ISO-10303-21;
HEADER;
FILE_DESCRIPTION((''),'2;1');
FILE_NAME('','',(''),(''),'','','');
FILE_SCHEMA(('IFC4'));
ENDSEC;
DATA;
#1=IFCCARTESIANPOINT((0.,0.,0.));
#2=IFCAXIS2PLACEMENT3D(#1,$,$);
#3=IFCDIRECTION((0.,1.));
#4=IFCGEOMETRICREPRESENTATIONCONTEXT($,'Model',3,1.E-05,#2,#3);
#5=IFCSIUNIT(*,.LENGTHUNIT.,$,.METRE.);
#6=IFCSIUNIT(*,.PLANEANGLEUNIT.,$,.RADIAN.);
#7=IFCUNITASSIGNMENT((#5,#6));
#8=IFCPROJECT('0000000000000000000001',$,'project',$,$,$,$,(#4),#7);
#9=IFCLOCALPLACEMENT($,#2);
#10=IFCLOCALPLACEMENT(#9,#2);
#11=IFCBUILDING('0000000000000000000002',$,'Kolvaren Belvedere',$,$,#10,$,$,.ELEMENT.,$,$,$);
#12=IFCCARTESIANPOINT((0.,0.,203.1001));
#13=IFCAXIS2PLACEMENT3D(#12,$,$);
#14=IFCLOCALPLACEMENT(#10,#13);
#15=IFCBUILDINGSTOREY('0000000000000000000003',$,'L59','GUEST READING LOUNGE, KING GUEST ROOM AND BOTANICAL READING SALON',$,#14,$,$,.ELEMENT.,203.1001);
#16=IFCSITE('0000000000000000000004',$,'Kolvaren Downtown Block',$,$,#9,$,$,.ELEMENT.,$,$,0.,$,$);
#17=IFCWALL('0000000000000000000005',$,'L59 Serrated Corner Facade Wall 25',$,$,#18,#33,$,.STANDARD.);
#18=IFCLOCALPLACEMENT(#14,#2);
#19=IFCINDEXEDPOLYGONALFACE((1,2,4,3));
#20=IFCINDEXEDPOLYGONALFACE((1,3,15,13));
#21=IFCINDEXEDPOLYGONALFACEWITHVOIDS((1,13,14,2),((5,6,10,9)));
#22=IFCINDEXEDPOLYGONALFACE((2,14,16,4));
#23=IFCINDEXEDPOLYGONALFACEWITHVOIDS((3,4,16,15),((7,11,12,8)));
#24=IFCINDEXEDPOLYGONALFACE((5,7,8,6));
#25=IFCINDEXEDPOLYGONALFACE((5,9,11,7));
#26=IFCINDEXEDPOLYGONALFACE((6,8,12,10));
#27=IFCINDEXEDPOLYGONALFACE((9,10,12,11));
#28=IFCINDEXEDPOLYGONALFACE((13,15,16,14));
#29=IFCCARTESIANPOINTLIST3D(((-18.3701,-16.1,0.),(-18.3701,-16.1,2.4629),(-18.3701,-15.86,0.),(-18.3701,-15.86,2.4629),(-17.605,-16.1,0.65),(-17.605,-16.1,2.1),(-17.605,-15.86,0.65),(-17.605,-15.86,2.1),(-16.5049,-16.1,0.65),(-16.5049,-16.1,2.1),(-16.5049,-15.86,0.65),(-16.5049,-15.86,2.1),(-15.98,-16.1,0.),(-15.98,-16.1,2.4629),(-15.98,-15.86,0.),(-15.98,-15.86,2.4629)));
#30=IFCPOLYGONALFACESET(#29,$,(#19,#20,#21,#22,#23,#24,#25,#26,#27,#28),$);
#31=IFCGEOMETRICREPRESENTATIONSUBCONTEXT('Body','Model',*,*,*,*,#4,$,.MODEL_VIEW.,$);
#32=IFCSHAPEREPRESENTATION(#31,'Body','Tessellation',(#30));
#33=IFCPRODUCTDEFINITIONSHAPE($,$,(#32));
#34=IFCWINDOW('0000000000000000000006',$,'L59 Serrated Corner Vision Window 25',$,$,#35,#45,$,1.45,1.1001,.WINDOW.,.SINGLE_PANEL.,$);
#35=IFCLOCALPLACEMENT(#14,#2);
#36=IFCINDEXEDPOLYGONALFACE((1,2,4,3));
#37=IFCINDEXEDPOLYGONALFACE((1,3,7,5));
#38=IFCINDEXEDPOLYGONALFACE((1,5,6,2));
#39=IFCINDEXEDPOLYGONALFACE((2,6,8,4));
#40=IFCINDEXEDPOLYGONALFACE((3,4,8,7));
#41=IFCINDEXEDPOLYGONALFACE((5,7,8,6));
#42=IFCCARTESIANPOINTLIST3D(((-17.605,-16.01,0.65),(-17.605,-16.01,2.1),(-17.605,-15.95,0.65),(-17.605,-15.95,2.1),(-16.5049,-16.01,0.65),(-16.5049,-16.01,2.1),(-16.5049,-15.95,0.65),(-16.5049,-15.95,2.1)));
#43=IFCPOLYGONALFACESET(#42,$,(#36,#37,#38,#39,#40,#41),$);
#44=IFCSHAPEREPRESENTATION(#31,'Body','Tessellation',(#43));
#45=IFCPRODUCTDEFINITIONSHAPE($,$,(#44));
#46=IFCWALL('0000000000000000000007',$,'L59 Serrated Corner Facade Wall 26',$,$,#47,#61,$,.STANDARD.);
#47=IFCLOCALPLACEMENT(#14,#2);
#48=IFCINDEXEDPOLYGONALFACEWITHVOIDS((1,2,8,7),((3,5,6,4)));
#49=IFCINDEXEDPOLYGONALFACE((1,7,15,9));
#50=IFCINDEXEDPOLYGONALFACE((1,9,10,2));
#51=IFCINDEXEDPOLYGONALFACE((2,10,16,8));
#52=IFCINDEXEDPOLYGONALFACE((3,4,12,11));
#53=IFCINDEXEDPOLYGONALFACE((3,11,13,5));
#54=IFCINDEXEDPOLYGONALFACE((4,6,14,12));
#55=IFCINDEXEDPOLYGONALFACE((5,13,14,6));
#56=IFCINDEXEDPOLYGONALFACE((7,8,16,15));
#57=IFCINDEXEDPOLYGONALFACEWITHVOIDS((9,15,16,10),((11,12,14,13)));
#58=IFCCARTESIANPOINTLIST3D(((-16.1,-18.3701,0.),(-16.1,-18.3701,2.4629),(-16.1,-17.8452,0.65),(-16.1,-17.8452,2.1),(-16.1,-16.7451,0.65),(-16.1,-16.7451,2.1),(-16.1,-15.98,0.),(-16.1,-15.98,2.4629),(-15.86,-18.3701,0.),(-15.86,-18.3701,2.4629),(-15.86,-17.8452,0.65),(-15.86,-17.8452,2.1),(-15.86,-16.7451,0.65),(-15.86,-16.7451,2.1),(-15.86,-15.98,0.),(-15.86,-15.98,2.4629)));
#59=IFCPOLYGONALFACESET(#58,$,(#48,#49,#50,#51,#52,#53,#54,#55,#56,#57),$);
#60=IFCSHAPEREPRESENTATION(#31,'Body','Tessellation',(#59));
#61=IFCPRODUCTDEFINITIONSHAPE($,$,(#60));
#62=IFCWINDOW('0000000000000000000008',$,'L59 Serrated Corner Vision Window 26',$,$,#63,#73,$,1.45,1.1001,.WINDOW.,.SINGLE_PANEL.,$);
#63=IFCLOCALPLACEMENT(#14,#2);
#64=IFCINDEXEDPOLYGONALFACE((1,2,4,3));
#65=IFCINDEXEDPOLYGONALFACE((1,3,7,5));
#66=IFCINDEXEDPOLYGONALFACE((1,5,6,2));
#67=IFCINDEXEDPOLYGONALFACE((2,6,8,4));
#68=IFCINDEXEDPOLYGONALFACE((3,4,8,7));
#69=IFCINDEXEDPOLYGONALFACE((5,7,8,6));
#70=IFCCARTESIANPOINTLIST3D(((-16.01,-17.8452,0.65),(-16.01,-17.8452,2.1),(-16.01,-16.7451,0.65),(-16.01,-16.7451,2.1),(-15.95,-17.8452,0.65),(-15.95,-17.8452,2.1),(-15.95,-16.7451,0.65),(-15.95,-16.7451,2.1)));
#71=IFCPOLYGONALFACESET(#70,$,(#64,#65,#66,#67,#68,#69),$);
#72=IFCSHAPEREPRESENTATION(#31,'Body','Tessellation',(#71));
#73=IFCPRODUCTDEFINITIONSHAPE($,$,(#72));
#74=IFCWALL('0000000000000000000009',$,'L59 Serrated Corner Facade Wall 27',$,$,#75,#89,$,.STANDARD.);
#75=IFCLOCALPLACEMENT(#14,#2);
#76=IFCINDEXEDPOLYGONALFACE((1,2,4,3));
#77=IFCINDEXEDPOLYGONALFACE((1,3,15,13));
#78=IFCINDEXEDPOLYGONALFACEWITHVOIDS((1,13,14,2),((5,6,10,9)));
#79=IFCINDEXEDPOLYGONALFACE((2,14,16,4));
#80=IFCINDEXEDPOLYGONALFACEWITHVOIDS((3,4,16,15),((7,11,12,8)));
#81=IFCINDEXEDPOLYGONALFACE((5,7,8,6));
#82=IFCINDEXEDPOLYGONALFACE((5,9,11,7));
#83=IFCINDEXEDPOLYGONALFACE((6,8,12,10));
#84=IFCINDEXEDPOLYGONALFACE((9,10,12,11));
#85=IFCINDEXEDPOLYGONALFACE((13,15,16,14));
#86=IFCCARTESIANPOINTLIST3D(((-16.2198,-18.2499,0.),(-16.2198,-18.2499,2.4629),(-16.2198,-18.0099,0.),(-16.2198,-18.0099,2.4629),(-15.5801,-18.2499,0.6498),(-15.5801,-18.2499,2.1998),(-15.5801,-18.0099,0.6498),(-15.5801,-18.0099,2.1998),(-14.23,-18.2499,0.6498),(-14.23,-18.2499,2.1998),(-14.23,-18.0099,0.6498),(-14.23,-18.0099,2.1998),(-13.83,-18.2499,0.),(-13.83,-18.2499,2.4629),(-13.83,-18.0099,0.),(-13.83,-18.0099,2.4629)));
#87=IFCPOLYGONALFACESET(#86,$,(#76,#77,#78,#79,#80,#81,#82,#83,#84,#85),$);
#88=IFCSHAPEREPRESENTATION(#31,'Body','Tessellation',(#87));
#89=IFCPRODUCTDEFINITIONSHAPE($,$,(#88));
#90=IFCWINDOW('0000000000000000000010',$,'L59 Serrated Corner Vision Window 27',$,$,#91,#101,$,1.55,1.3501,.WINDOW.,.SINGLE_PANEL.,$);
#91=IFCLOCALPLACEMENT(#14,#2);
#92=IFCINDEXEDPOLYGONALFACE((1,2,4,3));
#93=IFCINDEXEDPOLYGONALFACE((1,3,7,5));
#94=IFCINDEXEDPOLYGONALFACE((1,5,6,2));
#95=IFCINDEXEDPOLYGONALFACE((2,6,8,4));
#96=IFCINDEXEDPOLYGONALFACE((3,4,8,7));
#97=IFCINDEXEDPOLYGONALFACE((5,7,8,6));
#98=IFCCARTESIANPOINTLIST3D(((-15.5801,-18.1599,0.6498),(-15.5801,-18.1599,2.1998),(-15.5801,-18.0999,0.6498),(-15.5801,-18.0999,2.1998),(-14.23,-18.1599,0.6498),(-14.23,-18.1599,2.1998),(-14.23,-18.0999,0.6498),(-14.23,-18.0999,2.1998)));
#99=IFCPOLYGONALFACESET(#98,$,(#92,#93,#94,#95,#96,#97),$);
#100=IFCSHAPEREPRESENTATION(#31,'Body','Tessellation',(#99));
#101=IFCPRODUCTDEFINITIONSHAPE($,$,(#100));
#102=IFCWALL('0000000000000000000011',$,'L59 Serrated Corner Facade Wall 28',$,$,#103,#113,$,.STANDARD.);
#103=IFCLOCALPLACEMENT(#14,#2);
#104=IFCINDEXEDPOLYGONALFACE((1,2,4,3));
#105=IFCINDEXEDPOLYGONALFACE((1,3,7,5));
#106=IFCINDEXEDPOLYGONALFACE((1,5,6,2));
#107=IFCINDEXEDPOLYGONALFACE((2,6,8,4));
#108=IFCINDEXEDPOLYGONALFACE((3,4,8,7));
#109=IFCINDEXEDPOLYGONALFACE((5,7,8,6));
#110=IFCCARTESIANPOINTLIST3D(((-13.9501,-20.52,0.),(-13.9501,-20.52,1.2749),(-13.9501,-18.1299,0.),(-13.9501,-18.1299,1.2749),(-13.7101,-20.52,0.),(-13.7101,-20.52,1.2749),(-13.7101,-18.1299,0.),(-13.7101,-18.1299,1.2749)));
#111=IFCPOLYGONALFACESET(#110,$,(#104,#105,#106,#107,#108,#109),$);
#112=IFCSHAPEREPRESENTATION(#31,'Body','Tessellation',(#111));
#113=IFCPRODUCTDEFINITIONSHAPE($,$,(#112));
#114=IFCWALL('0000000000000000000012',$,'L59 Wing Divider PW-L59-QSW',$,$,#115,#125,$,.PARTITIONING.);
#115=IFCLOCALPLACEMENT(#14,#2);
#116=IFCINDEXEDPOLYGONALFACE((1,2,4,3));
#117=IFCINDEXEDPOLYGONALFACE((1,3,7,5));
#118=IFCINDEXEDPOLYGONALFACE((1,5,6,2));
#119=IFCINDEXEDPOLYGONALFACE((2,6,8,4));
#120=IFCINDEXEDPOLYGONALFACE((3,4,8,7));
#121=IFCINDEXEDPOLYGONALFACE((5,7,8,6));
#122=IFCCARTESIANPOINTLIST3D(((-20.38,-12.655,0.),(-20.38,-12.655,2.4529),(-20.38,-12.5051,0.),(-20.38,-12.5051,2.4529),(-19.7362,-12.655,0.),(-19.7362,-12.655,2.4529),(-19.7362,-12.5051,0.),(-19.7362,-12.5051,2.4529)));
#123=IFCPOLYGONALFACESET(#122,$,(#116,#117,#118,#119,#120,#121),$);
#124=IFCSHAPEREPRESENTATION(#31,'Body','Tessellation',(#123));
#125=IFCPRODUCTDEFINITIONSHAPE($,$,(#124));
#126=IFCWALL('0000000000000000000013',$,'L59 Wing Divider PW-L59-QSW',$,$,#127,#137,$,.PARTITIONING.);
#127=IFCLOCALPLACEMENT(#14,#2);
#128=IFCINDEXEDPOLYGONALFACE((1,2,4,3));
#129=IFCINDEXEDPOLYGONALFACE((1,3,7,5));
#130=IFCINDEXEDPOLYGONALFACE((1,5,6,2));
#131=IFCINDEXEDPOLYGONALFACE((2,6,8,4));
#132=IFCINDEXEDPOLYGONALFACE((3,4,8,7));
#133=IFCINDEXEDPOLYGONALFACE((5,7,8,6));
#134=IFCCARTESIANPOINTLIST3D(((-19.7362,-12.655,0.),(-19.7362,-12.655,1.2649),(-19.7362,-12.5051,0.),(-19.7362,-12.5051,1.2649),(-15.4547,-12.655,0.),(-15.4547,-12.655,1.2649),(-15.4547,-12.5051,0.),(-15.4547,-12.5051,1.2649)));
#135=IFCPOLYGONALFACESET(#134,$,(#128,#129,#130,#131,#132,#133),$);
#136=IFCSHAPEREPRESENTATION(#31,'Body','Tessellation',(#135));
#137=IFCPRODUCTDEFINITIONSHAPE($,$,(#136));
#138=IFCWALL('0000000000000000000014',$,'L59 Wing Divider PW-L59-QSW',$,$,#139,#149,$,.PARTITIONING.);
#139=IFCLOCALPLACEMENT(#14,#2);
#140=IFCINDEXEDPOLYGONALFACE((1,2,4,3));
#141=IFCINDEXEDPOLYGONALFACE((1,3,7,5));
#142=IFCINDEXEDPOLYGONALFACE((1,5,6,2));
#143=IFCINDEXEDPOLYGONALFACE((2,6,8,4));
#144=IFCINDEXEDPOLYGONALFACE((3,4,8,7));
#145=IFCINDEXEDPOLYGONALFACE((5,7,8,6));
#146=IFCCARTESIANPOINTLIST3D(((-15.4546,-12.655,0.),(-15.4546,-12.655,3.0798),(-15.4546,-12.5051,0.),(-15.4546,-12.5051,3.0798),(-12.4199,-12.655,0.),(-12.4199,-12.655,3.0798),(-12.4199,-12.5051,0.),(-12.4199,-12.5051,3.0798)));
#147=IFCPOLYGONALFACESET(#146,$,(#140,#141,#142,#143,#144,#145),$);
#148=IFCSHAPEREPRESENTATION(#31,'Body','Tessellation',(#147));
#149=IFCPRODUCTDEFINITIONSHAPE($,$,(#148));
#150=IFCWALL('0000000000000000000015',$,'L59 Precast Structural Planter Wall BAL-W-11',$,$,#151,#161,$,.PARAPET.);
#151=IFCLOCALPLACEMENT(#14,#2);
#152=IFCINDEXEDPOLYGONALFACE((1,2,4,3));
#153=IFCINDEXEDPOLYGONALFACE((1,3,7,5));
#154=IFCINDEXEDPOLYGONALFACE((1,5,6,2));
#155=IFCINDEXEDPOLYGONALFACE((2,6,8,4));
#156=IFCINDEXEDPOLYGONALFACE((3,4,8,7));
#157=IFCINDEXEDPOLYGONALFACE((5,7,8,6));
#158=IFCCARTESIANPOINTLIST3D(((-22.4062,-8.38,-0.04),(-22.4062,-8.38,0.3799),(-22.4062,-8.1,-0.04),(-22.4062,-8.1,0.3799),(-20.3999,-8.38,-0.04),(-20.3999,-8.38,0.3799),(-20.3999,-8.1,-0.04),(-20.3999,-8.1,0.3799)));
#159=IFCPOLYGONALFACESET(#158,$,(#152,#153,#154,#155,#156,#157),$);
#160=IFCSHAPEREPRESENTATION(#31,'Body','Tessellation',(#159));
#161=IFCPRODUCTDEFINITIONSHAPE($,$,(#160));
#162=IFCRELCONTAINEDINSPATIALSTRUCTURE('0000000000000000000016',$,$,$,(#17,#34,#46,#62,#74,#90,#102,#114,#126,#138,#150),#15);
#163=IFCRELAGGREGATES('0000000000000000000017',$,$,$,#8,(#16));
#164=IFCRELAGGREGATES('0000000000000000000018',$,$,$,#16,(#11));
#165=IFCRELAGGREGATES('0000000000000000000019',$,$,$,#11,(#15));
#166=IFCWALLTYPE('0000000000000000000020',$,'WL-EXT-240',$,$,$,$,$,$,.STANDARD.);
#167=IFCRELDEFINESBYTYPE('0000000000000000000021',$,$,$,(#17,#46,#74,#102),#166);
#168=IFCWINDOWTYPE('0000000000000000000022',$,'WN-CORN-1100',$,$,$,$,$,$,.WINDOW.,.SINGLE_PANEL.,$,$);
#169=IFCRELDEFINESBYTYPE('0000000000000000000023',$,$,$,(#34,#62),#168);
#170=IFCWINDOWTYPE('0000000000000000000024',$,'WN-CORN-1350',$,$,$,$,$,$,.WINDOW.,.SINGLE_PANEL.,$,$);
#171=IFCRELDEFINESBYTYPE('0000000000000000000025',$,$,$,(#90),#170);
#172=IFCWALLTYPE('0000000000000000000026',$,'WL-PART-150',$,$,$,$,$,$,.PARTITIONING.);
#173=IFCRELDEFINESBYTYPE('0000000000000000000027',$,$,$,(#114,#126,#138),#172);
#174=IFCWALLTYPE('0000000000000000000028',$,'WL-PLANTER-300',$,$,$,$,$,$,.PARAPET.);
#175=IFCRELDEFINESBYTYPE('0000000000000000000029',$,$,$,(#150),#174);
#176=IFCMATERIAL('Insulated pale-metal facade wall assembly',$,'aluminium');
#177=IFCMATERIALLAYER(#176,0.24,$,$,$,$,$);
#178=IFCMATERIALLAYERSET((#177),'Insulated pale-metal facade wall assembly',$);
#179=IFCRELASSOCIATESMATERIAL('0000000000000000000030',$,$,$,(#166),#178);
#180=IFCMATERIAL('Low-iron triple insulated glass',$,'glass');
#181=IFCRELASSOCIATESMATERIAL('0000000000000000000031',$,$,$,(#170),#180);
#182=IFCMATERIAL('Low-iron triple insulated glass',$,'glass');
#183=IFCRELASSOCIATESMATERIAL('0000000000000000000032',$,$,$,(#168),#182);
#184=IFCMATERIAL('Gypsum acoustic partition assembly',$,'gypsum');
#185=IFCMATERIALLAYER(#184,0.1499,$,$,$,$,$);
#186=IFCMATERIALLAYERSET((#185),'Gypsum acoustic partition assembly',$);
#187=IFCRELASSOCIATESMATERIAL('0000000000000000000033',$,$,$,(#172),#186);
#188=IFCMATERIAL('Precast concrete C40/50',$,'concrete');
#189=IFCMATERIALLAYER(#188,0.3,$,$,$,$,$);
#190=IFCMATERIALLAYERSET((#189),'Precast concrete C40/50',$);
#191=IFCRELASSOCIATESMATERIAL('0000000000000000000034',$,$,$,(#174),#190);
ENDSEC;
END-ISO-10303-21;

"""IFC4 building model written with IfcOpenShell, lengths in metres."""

from ifc_helpers import new_model, si_unit, direction, frame, frame_2d, origin, place, context, subcontext, project, spatial, rectangle, extrude, material, layer, layer_set, type_object, element, fill, save


model = new_model("IFC4")

# Units and contexts
model_context = context("Model", 3, precision=1e-05, world=origin(), true_north=direction((0.0, 1.0)))
body_context = subcontext(model_context, "Body", "Model", "MODEL_VIEW")
ifc_project = project(units=[si_unit("LENGTHUNIT", "METRE"), si_unit("PLANEANGLEUNIT", "RADIAN")], contexts=[model_context])

# Site, building, storey
site_placement = place(None, origin())
site = spatial("IfcSite", under=ifc_project, at=site_placement, Name="Kolvaren Downtown Block", CompositionType="ELEMENT", RefElevation=0.0)
building_placement = place(site_placement, origin())
building = spatial("IfcBuilding", under=site, at=building_placement, Name="Kolvaren Belvedere", CompositionType="ELEMENT")
storey_placement = place(building_placement, frame((0.0, 0.0, 203.1001)))
storey = spatial("IfcBuildingStorey", under=building, at=storey_placement, Name="L59", Description="GUEST READING LOUNGE, KING GUEST ROOM AND BOTANICAL READING SALON", CompositionType="ELEMENT", Elevation=203.1001)

# Shared definitions
ifc_material_1 = material(Name="Insulated pale-metal facade wall assembly", Category="aluminium")
ifc_layer_1 = layer(ifc_material_1, 0.24)
ifc_layer_set_1 = layer_set([ifc_layer_1], Name="Insulated pale-metal facade wall assembly")
wall_type_1 = type_object("IfcWallType", Name="WL-EXT-240", PredefinedType="STANDARD", material=ifc_layer_set_1)

# Walls, openings, windows
ifc_material_2 = material(Name="Low-iron triple insulated glass", Category="glass")
window_type_1 = type_object("IfcWindowType", Name="WN-CORN-1350", PartitioningType="SINGLE_PANEL", PredefinedType="WINDOW", material=ifc_material_2)
wall_1_placement = place(storey_placement, frame((-15.98, -15.98, 0.0), z_axis=(0.0, 0.0, 1.0), x_axis=(-1.0, 0.0, 0.0)))
wall_1 = element("IfcWall", 1, at=wall_1_placement, inside=storey, type_object=wall_type_1, Name="L59 Serrated Corner Facade Wall 25", PredefinedType="STANDARD", context=body_context, shape_type="SweptSolid", body=[
    extrude(rectangle(XDim=2.3901, YDim=0.24, at=frame_2d((1.1951, 0.0))), origin(), (0.0, 0.0, 1.0), 2.4629),
])
opening_1_placement = place(wall_1_placement, frame((0.5249, 0.0, 0.6499)))
opening_1 = element("IfcOpeningElement", 2, at=opening_1_placement, cuts=wall_1, PredefinedType="OPENING", context=body_context, shape_type="SweptSolid", body=[
    extrude(rectangle(XDim=1.1001, YDim=1.45, at=frame_2d((0.55, 0.7251))), frame((0.0, 0.1299, 0.0), z_axis=(0.0, -1.0, 0.0), x_axis=(1.0, 0.0, 0.0)), (0.0, 0.0, 1.0), 0.26),
])
ifc_material_3 = material(Name="Low-iron triple insulated glass", Category="glass")
window_type_2 = type_object("IfcWindowType", Name="WN-CORN-1100", PartitioningType="SINGLE_PANEL", PredefinedType="WINDOW", material=ifc_material_3)
window_1_placement = place(opening_1_placement, origin())
window_1 = element("IfcWindow", 3, at=window_1_placement, inside=storey, type_object=window_type_2, Name="L59 Serrated Corner Vision Window 25", OverallHeight=1.45, OverallWidth=1.1001, PartitioningType="SINGLE_PANEL", PredefinedType="WINDOW", context=body_context, shape_type="SweptSolid", body=[
    extrude(rectangle(XDim=1.1001, YDim=1.45, at=frame_2d((0.55, 0.7251))), frame((0.0, 0.03, 0.0), z_axis=(0.0, -1.0, 0.0), x_axis=(1.0, 0.0, 0.0)), (0.0, 0.0, 1.0), 0.0601),
])
fill(opening_1, window_1)
wall_2_placement = place(storey_placement, frame((-15.98, -18.3701, 0.0), z_axis=(0.0, 0.0, 1.0), x_axis=(0.0, 1.0, 0.0)))
wall_2 = element("IfcWall", 4, at=wall_2_placement, inside=storey, type_object=wall_type_1, Name="L59 Serrated Corner Facade Wall 26", PredefinedType="STANDARD", context=body_context, shape_type="SweptSolid", body=[
    extrude(rectangle(XDim=2.3901, YDim=0.24, at=frame_2d((1.1951, 0.0))), origin(), (0.0, 0.0, 1.0), 2.4629),
])
opening_2_placement = place(wall_2_placement, frame((0.5249, 0.0, 0.6499)))
opening_2 = element("IfcOpeningElement", 5, at=opening_2_placement, cuts=wall_2, PredefinedType="OPENING", context=body_context, shape_type="SweptSolid", body=[
    extrude(rectangle(XDim=1.1001, YDim=1.45, at=frame_2d((0.55, 0.7251))), frame((0.0, 0.1299, 0.0), z_axis=(0.0, -1.0, 0.0), x_axis=(1.0, 0.0, 0.0)), (0.0, 0.0, 1.0), 0.26),
])
window_2_placement = place(opening_2_placement, origin())
window_2 = element("IfcWindow", 6, at=window_2_placement, inside=storey, type_object=window_type_2, Name="L59 Serrated Corner Vision Window 26", OverallHeight=1.45, OverallWidth=1.1001, PartitioningType="SINGLE_PANEL", PredefinedType="WINDOW", context=body_context, shape_type="SweptSolid", body=[
    extrude(rectangle(XDim=1.1001, YDim=1.45, at=frame_2d((0.55, 0.7251))), frame((0.0, 0.03, 0.0), z_axis=(0.0, -1.0, 0.0), x_axis=(1.0, 0.0, 0.0)), (0.0, 0.0, 1.0), 0.0601),
])
fill(opening_2, window_2)
wall_3_placement = place(storey_placement, frame((-13.8301, -18.1299, 0.0), z_axis=(0.0, 0.0, 1.0), x_axis=(-1.0, 0.0, 0.0)))
wall_3 = element("IfcWall", 7, at=wall_3_placement, inside=storey, type_object=wall_type_1, Name="L59 Serrated Corner Facade Wall 27", PredefinedType="STANDARD", context=body_context, shape_type="SweptSolid", body=[
    extrude(rectangle(XDim=2.3899, YDim=0.24, at=frame_2d((1.1948, 0.0))), origin(), (0.0, 0.0, 1.0), 2.4629),
])
opening_3_placement = place(wall_3_placement, frame((0.3999, 0.0, 0.6499)))
opening_3 = element("IfcOpeningElement", 8, at=opening_3_placement, cuts=wall_3, PredefinedType="OPENING", context=body_context, shape_type="SweptSolid", body=[
    extrude(rectangle(XDim=1.3501, YDim=1.55, at=frame_2d((0.675, 0.7749))), frame((0.0, 0.1299, 0.0), z_axis=(0.0, -1.0, 0.0), x_axis=(1.0, 0.0, 0.0)), (0.0, 0.0, 1.0), 0.26),
])
window_3_placement = place(opening_3_placement, origin())
window_3 = element("IfcWindow", 9, at=window_3_placement, inside=storey, type_object=window_type_1, Name="L59 Serrated Corner Vision Window 27", OverallHeight=1.55, OverallWidth=1.3501, PartitioningType="SINGLE_PANEL", PredefinedType="WINDOW", context=body_context, shape_type="SweptSolid", body=[
    extrude(rectangle(XDim=1.3501, YDim=1.55, at=frame_2d((0.675, 0.7749))), frame((0.0, 0.03, 0.0), z_axis=(0.0, -1.0, 0.0), x_axis=(1.0, 0.0, 0.0)), (0.0, 0.0, 1.0), 0.0601),
])
fill(opening_3, window_3)

# Walls
wall_4_placement = place(storey_placement, frame((-13.8301, -20.52, 0.0), z_axis=(0.0, 0.0, 1.0), x_axis=(0.0, 1.0, 0.0)))
element("IfcWall", 10, at=wall_4_placement, inside=storey, type_object=wall_type_1, Name="L59 Serrated Corner Facade Wall 28", PredefinedType="STANDARD", context=body_context, shape_type="SweptSolid", body=[
    extrude(rectangle(XDim=2.3901, YDim=0.24, at=frame_2d((1.1951, 0.0))), origin(), (0.0, 0.0, 1.0), 1.2749),
])
ifc_material_4 = material(Name="Gypsum acoustic partition assembly", Category="gypsum")
ifc_layer_2 = layer(ifc_material_4, 0.1499)
ifc_layer_set_2 = layer_set([ifc_layer_2], Name="Gypsum acoustic partition assembly")
wall_type_2 = type_object("IfcWallType", Name="WL-PART-150", PredefinedType="PARTITIONING", material=ifc_layer_set_2)
wall_5_placement = place(storey_placement, frame((-20.3799, -12.5801, 0.0), z_axis=(0.0, 0.0, 1.0), x_axis=(1.0, 0.0, 0.0)))
element("IfcWall", 11, at=wall_5_placement, inside=storey, type_object=wall_type_2, Name="L59 Wing Divider PW-L59-QSW", PredefinedType="PARTITIONING", context=body_context, shape_type="SweptSolid", body=[
    extrude(rectangle(XDim=0.6438, YDim=0.1499, at=frame_2d((0.3218, 0.0))), origin(), (0.0, 0.0, 1.0), 2.4529),
])
wall_6_placement = place(storey_placement, frame((-19.7361, -12.5801, 0.0), z_axis=(0.0, 0.0, 1.0), x_axis=(1.0, 0.0, 0.0)))
element("IfcWall", 12, at=wall_6_placement, inside=storey, type_object=wall_type_2, Name="L59 Wing Divider PW-L59-QSW", PredefinedType="PARTITIONING", context=body_context, shape_type="SweptSolid", body=[
    extrude(rectangle(XDim=4.2815, YDim=0.1499, at=frame_2d((2.1406, 0.0))), origin(), (0.0, 0.0, 1.0), 1.2649),
])
wall_7_placement = place(storey_placement, frame((-15.4546, -12.5801, 0.0), z_axis=(0.0, 0.0, 1.0), x_axis=(1.0, 0.0, 0.0)))
element("IfcWall", 13, at=wall_7_placement, inside=storey, type_object=wall_type_2, Name="L59 Wing Divider PW-L59-QSW", PredefinedType="PARTITIONING", context=body_context, shape_type="SweptSolid", body=[
    extrude(rectangle(XDim=3.0347, YDim=0.1499, at=frame_2d((1.5173, 0.0))), origin(), (0.0, 0.0, 1.0), 3.0798),
])
ifc_material_5 = material(Name="Precast concrete C40/50", Category="concrete")
ifc_layer_3 = layer(ifc_material_5, 0.3)
ifc_layer_set_3 = layer_set([ifc_layer_3], Name="Precast concrete C40/50")
wall_type_3 = type_object("IfcWallType", Name="WL-PLANTER-300", PredefinedType="PARAPET", material=ifc_layer_set_3)
wall_8_placement = place(storey_placement, frame((-22.4062, -8.24, -0.04), z_axis=(0.0, 0.0, 1.0), x_axis=(1.0, 0.0, 0.0)))
element("IfcWall", 14, at=wall_8_placement, inside=storey, type_object=wall_type_3, Name="L59 Precast Structural Planter Wall BAL-W-11", PredefinedType="PARAPET", context=body_context, shape_type="SweptSolid", body=[
    extrude(rectangle(XDim=2.0063, YDim=0.28, at=frame_2d((1.0032, 0.0))), origin(), (0.0, 0.0, 1.0), 0.4199),
])

save(model, "model.ifc")
